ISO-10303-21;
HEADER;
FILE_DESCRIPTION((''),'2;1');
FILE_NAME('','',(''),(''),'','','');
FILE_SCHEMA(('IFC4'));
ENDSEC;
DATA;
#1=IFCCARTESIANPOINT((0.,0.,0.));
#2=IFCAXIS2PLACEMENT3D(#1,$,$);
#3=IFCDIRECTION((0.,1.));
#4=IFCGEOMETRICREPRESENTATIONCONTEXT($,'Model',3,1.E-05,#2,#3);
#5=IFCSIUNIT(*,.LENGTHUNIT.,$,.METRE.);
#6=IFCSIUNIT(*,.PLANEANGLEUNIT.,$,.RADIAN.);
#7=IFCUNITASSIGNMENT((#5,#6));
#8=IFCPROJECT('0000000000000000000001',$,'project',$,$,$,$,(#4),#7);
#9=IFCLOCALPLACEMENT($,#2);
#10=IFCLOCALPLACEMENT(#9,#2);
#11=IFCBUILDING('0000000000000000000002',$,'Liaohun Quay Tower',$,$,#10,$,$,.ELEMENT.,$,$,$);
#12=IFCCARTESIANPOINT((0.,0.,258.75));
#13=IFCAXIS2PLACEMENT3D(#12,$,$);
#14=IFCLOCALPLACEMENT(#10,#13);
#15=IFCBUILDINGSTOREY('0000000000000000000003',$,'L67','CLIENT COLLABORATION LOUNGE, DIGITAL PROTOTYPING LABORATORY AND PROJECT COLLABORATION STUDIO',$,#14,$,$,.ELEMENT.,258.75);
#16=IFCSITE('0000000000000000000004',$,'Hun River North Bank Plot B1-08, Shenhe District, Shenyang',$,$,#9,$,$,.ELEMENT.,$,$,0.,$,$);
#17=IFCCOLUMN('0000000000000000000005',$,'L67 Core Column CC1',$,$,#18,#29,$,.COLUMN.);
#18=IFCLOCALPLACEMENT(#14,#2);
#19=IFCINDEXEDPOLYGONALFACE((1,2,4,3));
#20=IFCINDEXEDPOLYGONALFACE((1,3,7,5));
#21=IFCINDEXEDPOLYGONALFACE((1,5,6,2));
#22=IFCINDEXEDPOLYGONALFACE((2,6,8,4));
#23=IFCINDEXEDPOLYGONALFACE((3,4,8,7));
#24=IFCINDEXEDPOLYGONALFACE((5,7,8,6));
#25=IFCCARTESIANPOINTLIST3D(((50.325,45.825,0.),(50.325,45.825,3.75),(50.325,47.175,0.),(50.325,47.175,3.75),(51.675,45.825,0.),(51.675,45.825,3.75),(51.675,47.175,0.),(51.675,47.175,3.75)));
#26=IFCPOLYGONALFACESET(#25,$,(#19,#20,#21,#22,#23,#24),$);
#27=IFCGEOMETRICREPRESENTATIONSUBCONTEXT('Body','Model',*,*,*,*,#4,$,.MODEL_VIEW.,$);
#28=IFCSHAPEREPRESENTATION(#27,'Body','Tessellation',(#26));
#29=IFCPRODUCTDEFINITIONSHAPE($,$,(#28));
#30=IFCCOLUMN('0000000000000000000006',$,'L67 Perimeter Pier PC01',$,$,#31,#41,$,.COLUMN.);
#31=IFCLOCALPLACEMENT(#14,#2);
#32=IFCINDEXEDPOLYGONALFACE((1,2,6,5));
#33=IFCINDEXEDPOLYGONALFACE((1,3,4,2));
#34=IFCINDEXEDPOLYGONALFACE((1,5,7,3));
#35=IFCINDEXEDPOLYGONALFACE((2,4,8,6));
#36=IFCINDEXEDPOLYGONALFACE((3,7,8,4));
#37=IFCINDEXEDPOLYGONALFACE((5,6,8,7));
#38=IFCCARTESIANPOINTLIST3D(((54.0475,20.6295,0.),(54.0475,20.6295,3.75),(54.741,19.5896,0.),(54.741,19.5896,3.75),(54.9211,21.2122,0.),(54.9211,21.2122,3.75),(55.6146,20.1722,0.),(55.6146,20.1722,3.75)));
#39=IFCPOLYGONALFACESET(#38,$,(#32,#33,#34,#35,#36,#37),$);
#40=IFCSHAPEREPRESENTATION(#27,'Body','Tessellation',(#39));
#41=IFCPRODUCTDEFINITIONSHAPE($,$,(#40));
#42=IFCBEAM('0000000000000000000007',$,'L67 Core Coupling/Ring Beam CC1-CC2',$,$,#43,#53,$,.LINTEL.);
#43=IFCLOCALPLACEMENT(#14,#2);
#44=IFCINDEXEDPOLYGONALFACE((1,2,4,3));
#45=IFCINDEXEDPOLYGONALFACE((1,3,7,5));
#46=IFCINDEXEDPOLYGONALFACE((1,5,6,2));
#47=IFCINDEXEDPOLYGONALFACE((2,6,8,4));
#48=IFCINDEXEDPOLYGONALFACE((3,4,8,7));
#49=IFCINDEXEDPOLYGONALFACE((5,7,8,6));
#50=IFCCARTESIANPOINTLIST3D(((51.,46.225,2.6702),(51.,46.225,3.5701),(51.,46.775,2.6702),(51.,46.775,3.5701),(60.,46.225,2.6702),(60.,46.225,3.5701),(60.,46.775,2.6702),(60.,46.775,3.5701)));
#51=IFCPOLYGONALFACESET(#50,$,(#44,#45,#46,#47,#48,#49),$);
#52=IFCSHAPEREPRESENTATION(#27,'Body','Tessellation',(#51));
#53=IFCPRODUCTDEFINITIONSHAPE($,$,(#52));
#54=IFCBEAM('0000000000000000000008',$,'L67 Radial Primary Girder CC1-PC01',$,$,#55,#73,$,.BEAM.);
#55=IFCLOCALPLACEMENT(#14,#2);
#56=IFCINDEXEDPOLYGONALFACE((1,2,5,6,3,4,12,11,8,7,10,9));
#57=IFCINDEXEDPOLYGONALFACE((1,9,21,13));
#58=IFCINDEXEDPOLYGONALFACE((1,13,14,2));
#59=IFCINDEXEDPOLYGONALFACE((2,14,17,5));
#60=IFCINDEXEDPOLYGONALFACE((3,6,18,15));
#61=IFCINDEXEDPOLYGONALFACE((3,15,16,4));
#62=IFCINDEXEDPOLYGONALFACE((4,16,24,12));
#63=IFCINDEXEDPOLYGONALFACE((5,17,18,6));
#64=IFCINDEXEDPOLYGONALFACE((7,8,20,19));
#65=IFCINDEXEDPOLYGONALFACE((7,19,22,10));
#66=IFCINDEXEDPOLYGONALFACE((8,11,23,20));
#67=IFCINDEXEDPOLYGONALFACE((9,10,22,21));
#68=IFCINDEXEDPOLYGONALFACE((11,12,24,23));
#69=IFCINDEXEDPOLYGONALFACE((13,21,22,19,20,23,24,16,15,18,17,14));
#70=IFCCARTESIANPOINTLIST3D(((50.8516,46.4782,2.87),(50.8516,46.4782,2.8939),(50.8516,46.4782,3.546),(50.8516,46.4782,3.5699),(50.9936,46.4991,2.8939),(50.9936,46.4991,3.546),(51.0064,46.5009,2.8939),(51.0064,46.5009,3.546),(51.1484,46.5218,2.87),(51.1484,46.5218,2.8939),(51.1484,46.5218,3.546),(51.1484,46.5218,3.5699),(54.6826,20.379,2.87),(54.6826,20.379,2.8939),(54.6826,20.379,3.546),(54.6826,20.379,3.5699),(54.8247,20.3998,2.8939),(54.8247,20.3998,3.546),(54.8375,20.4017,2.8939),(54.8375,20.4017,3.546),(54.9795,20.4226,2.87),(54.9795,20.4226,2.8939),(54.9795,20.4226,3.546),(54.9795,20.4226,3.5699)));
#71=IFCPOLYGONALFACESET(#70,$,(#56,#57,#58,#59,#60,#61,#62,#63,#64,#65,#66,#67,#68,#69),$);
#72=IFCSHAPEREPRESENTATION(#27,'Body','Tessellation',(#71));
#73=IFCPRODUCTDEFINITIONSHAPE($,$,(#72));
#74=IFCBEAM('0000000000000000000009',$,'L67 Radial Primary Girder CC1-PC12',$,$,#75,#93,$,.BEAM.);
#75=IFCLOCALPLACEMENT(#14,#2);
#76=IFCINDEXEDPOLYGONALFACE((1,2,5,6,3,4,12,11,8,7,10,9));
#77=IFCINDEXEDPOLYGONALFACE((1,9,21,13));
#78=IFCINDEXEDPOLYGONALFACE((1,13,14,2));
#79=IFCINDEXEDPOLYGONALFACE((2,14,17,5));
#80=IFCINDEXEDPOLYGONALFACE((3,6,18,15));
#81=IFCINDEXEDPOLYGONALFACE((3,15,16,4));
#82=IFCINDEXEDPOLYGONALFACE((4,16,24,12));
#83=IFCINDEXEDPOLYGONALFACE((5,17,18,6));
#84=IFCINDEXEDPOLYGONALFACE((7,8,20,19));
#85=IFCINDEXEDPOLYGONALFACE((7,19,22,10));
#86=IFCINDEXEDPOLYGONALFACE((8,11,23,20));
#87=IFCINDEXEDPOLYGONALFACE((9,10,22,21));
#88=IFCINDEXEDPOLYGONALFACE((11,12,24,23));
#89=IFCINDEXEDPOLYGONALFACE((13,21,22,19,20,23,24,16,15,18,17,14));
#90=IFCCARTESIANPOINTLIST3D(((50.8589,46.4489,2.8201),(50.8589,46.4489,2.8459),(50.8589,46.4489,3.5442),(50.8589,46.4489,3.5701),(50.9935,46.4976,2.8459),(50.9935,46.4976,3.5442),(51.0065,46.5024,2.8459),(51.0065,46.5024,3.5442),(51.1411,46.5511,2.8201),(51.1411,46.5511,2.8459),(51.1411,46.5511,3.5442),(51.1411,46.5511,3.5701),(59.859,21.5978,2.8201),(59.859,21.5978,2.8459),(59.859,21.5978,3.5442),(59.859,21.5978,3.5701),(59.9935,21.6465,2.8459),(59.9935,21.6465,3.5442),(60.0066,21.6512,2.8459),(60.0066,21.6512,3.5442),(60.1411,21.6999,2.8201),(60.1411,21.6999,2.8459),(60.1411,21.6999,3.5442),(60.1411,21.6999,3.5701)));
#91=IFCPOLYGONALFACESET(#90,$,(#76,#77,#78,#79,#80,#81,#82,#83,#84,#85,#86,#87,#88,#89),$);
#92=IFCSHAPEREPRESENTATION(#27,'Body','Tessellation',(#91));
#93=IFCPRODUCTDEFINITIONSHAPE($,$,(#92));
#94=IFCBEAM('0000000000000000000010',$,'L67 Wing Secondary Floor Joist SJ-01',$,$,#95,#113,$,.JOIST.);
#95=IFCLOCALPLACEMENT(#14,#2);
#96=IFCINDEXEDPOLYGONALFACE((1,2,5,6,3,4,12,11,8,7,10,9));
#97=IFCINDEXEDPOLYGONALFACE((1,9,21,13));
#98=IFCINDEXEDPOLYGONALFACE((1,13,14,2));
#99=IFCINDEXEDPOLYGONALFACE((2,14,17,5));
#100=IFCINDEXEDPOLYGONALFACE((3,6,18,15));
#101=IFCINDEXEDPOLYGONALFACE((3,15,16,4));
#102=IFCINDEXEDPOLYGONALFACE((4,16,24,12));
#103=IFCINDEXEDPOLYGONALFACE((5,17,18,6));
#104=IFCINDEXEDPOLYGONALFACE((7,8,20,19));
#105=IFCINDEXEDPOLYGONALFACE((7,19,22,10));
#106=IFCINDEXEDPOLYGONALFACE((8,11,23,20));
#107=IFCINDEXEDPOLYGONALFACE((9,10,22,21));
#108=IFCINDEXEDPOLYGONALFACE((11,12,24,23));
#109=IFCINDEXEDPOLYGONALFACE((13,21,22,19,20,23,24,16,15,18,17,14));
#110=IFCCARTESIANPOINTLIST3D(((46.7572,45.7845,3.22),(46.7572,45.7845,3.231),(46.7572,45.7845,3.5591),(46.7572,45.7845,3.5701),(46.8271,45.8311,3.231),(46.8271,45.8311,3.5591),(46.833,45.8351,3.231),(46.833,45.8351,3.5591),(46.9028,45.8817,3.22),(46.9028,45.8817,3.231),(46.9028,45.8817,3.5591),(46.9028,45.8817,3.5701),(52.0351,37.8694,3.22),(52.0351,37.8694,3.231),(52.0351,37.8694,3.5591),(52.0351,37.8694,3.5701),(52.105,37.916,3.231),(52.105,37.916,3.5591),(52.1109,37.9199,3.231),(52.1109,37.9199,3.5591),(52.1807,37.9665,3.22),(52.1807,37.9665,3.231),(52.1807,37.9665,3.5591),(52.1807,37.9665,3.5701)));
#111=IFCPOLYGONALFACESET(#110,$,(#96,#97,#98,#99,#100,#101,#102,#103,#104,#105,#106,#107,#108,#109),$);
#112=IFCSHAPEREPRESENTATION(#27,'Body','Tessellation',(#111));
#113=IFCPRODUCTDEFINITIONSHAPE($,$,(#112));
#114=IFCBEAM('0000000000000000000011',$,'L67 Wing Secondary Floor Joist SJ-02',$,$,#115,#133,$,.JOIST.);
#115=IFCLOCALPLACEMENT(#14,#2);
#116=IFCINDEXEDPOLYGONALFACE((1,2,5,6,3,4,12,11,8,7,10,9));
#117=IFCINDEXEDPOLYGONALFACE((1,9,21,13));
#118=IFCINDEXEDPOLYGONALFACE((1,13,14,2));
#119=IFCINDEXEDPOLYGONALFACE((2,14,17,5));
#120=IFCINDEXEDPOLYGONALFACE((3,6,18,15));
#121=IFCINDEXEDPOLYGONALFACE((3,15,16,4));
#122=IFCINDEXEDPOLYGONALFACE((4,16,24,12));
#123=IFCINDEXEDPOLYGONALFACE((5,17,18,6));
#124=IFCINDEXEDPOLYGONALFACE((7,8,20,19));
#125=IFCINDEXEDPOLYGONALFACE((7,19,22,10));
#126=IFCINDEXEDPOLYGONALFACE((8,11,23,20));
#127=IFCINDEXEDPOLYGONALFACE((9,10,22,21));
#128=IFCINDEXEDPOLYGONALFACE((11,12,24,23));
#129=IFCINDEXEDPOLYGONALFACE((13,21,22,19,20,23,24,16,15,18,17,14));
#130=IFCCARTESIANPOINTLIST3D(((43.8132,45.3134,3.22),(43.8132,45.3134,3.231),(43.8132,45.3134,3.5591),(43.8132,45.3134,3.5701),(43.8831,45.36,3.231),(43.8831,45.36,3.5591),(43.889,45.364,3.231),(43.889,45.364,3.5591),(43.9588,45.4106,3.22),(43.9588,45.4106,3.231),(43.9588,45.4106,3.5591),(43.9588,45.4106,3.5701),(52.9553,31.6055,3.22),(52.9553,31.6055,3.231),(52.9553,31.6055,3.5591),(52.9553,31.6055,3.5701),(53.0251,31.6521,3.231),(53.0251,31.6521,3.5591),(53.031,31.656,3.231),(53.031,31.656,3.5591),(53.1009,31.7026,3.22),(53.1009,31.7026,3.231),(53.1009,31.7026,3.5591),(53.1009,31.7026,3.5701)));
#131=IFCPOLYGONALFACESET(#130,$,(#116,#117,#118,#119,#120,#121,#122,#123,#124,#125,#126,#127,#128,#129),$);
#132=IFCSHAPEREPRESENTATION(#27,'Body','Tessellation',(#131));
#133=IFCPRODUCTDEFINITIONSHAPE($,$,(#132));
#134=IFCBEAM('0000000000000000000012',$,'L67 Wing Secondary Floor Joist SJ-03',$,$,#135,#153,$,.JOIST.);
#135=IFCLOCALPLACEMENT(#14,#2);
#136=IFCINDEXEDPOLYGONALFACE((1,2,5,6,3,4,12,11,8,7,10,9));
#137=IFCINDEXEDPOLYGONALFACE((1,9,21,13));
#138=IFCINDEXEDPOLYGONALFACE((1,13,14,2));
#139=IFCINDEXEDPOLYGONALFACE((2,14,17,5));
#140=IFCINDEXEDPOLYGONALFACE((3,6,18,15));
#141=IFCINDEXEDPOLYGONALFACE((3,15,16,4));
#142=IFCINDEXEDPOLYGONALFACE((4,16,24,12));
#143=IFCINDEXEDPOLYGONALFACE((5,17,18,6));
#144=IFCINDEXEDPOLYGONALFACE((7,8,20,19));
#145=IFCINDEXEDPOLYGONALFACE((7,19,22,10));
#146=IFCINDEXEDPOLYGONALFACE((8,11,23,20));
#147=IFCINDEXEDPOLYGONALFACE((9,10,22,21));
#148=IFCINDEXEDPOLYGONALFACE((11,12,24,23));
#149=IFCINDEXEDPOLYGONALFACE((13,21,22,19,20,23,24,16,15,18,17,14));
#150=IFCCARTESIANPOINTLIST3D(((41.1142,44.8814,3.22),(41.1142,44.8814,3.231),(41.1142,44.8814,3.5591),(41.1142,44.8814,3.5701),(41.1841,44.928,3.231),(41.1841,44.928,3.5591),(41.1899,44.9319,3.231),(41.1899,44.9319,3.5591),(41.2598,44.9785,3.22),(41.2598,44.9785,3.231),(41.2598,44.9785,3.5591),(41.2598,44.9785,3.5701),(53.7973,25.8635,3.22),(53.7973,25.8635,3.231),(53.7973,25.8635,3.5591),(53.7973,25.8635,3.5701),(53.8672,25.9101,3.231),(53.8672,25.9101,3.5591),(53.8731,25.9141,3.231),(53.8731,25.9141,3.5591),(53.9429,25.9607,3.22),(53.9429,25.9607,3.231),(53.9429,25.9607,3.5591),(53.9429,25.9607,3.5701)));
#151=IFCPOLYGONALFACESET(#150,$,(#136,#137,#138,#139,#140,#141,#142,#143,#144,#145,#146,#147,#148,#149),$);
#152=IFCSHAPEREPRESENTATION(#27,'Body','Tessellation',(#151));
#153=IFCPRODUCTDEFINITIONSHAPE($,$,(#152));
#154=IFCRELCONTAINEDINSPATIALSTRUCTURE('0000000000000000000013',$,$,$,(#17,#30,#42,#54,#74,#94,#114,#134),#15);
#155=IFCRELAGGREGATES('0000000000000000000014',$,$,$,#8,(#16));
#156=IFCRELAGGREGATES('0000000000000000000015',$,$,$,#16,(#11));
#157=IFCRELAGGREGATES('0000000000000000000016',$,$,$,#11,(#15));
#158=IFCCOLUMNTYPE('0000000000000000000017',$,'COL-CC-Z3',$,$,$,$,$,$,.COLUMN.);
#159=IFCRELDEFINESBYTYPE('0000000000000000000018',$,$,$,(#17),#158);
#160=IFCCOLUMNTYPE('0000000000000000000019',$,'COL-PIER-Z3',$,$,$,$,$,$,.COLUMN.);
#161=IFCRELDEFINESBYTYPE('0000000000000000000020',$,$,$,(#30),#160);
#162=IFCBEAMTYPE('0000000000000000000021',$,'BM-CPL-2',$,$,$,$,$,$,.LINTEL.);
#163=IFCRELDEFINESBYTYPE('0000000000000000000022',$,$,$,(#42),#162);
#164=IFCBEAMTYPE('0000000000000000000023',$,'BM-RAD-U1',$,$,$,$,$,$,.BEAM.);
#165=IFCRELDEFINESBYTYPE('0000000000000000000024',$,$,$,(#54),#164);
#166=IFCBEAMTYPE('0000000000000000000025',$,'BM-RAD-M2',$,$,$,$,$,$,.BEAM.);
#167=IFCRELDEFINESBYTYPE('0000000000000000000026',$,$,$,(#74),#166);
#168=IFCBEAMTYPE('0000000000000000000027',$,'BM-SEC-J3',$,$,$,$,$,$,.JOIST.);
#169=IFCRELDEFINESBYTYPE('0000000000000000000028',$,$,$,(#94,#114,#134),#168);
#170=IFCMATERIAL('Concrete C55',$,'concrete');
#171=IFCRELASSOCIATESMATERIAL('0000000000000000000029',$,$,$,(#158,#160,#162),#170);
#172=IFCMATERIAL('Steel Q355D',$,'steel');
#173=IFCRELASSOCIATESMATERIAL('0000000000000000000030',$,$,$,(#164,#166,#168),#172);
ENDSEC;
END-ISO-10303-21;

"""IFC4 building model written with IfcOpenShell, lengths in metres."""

from ifc_helpers import new_model, si_unit, direction, frame, origin, origin_2d, place, context, subcontext, project, spatial, rectangle, i_section, extrude, source, transform, mapped, material, material_profile, profile_set, type_object, element, save


model = new_model("IFC4")

# Units and contexts
model_context = context("Model", 3, precision=1e-05, world=origin(), true_north=direction((0.0, 1.0)))
body_context = subcontext(model_context, "Body", "Model", "MODEL_VIEW")
ifc_project = project(units=[si_unit("LENGTHUNIT", "METRE"), si_unit("PLANEANGLEUNIT", "RADIAN")], contexts=[model_context])

# Site, building, storey
site_placement = place(None, origin())
site = spatial("IfcSite", under=ifc_project, at=site_placement, Name="Hun River North Bank Plot B1-08, Shenhe District, Shenyang", CompositionType="ELEMENT", RefElevation=0.0)
building_placement = place(site_placement, origin())
building = spatial("IfcBuilding", under=site, at=building_placement, Name="Liaohun Quay Tower", CompositionType="ELEMENT")
storey_placement = place(building_placement, frame((0.0, 0.0, 258.75)))
storey = spatial("IfcBuildingStorey", under=building, at=storey_placement, Name="L67", Description="CLIENT COLLABORATION LOUNGE, DIGITAL PROTOTYPING LABORATORY AND PROJECT COLLABORATION STUDIO", CompositionType="ELEMENT", Elevation=258.75)

# Columns
ifc_material_1 = material(Name="Concrete C55", Category="concrete")
ifc_material_profile_1 = material_profile(ifc_material_1, rectangle(XDim=1.3501, YDim=1.3501, at=origin_2d()), Name="RC1350x1350")
ifc_profile_set_1 = profile_set([ifc_material_profile_1], Name="Concrete C55")
column_type_1 = type_object("IfcColumnType", Name="COL-CC-Z3", PredefinedType="COLUMN", material=ifc_profile_set_1)
shared_shape_1 = source(origin(), body_context, "Body", "SweptSolid", [
    extrude(rectangle(XDim=1.3501, YDim=1.3501, at=origin_2d()), origin(), (0.0, 0.0, 1.0), 3.75),
])
column_1_placement = place(storey_placement, frame((51.0, 46.5, 0.0), z_axis=(0.0, 0.0, 1.0), x_axis=(1.0, 0.0, 0.0)))
element("IfcColumn", 1, at=column_1_placement, inside=storey, type_object=column_type_1, Name="L67 Core Column CC1", PredefinedType="COLUMN", context=body_context, shape_type="MappedRepresentation", body=[
    mapped(shared_shape_1, transform((0.0, 0.0, 0.0), x_axis=(1.0, 0.0, 0.0), y_axis=(0.0, 1.0, 0.0), z_axis=(0.0, 0.0, 1.0), scale=1.0)),
])
ifc_material_profile_2 = material_profile(ifc_material_1, rectangle(XDim=1.25, YDim=1.05, at=origin_2d()), Name="RC1250x1050")
ifc_profile_set_2 = profile_set([ifc_material_profile_2], Name="Concrete C55")
column_type_2 = type_object("IfcColumnType", Name="COL-PIER-Z3", PredefinedType="COLUMN", material=ifc_profile_set_2)
shared_shape_2 = source(origin(), body_context, "Body", "SweptSolid", [
    extrude(rectangle(XDim=1.25, YDim=1.05, at=origin_2d()), origin(), (0.0, 0.0, 1.0), 3.75),
])
column_2_placement = place(storey_placement, frame((54.8311, 20.4009, 0.0), z_axis=(0.0, 0.0, 1.0), x_axis=(-0.554844, 0.831954, 0.0)))
element("IfcColumn", 2, at=column_2_placement, inside=storey, type_object=column_type_2, Name="L67 Perimeter Pier PC01", PredefinedType="COLUMN", context=body_context, shape_type="MappedRepresentation", body=[
    mapped(shared_shape_2, transform((0.0, 0.0, 0.0), x_axis=(1.0, 0.0, 0.0), y_axis=(0.0, 1.0, 0.0), z_axis=(0.0, 0.0, 1.0), scale=1.0)),
])

# Beams
ifc_material_profile_3 = material_profile(ifc_material_1, rectangle(XDim=0.55, YDim=0.8999, at=origin_2d()), Name="RC550x900")
ifc_profile_set_3 = profile_set([ifc_material_profile_3], Name="Concrete C55")
beam_type_1 = type_object("IfcBeamType", Name="BM-CPL-2", PredefinedType="LINTEL", material=ifc_profile_set_3)
shared_shape_3 = source(origin(), body_context, "Body", "SweptSolid", [
    extrude(rectangle(XDim=0.55, YDim=0.8999, at=origin_2d()), origin(), (0.0, 0.0, 1.0), 9.0),
])
beam_1_placement = place(storey_placement, frame((51.0, 46.5, 3.1201), z_axis=(1.0, 0.0, 0.0), x_axis=(0.0, 1.0, 0.0)))
element("IfcBeam", 3, at=beam_1_placement, inside=storey, type_object=beam_type_1, Name="L67 Core Coupling/Ring Beam CC1-CC2", PredefinedType="LINTEL", context=body_context, shape_type="MappedRepresentation", body=[
    mapped(shared_shape_3, transform((0.0, 0.0, 0.0), x_axis=(1.0, 0.0, 0.0), y_axis=(0.0, 1.0, 0.0), z_axis=(0.0, 0.0, 1.0), scale=1.0)),
])
ifc_material_2 = material(Name="Steel Q355D", Category="steel")
ifc_material_profile_4 = material_profile(ifc_material_2, i_section(OverallWidth=0.3, OverallDepth=0.7, WebThickness=0.0129, FlangeThickness=0.0239, at=origin_2d()), Name="HN700x300x13x24")
ifc_profile_set_4 = profile_set([ifc_material_profile_4], Name="Steel Q355D")
beam_type_2 = type_object("IfcBeamType", Name="BM-RAD-U1", PredefinedType="BEAM", material=ifc_profile_set_4)
shared_shape_4 = source(origin(), body_context, "Body", "SweptSolid", [
    extrude(i_section(OverallWidth=0.3, OverallDepth=0.7, WebThickness=0.0129, FlangeThickness=0.0239, at=origin_2d()), origin(), (0.0, 0.0, 1.0), 26.3789),
])
beam_2_placement = place(storey_placement, frame((51.0, 46.5, 3.22), z_axis=(0.145232, -0.989398, 0.0), x_axis=(0.989398, 0.145232, 0.0)))
element("IfcBeam", 4, at=beam_2_placement, inside=storey, type_object=beam_type_2, Name="L67 Radial Primary Girder CC1-PC01", PredefinedType="BEAM", context=body_context, shape_type="MappedRepresentation", body=[
    mapped(shared_shape_4, transform((0.0, 0.0, 0.0), x_axis=(1.0, 0.0, 0.0), y_axis=(0.0, 1.0, 0.0), z_axis=(0.0, 0.0, 1.0), scale=1.0)),
])
ifc_material_profile_5 = material_profile(ifc_material_2, i_section(OverallWidth=0.3, OverallDepth=0.75, WebThickness=0.0139, FlangeThickness=0.0259, at=origin_2d()), Name="HN750x300x14x26")
ifc_profile_set_5 = profile_set([ifc_material_profile_5], Name="Steel Q355D")
beam_type_3 = type_object("IfcBeamType", Name="BM-RAD-M2", PredefinedType="BEAM", material=ifc_profile_set_5)
shared_shape_5 = source(origin(), body_context, "Body", "SweptSolid", [
    extrude(i_section(OverallWidth=0.3, OverallDepth=0.75, WebThickness=0.0139, FlangeThickness=0.0259, at=origin_2d()), origin(), (0.0, 0.0, 1.0), 26.4307),
])
beam_3_placement = place(storey_placement, frame((51.0, 46.5, 3.1951), z_axis=(0.340515, -0.940239, 0.0), x_axis=(0.940239, 0.340515, 0.0)))
element("IfcBeam", 5, at=beam_3_placement, inside=storey, type_object=beam_type_3, Name="L67 Radial Primary Girder CC1-PC12", PredefinedType="BEAM", context=body_context, shape_type="MappedRepresentation", body=[
    mapped(shared_shape_5, transform((0.0, 0.0, 0.0), x_axis=(1.0, 0.0, 0.0), y_axis=(0.0, 1.0, 0.0), z_axis=(0.0, 0.0, 1.0), scale=1.0)),
])
ifc_material_profile_6 = material_profile(ifc_material_2, i_section(OverallWidth=0.175, OverallDepth=0.3501, WebThickness=0.0071, FlangeThickness=0.011, at=origin_2d()), Name="HN350x175x7x11")
ifc_profile_set_6 = profile_set([ifc_material_profile_6], Name="Steel Q355D")
beam_type_4 = type_object("IfcBeamType", Name="BM-SEC-J3", PredefinedType="JOIST", material=ifc_profile_set_6)
shared_shape_6 = source(origin(), body_context, "Body", "SweptSolid", [
    extrude(i_section(OverallWidth=0.175, OverallDepth=0.3501, WebThickness=0.0071, FlangeThickness=0.011, at=origin_2d()), origin(), (0.0, 0.0, 1.0), 9.5134),
])
beam_4_placement = place(storey_placement, frame((52.1079, 37.918, 3.395), z_axis=(-0.554783, 0.831995, 0.0), x_axis=(-0.831995, -0.554783, 0.0)))
element("IfcBeam", 6, at=beam_4_placement, inside=storey, type_object=beam_type_4, Name="L67 Wing Secondary Floor Joist SJ-01", PredefinedType="JOIST", context=body_context, shape_type="MappedRepresentation", body=[
    mapped(shared_shape_6, transform((0.0, 0.0, 0.0), x_axis=(1.0, 0.0, 0.0), y_axis=(0.0, 1.0, 0.0), z_axis=(0.0, 0.0, 1.0), scale=1.0)),
])
shared_shape_7 = source(origin(), body_context, "Body", "SweptSolid", [
    extrude(i_section(OverallWidth=0.175, OverallDepth=0.3501, WebThickness=0.0071, FlangeThickness=0.011, at=origin_2d()), origin(), (0.0, 0.0, 1.0), 16.4768),
])
beam_5_placement = place(storey_placement, frame((53.0281, 31.6541, 3.395), z_axis=(-0.554844, 0.831955, 0.0), x_axis=(-0.831955, -0.554844, 0.0)))
element("IfcBeam", 7, at=beam_5_placement, inside=storey, type_object=beam_type_4, Name="L67 Wing Secondary Floor Joist SJ-02", PredefinedType="JOIST", context=body_context, shape_type="MappedRepresentation", body=[
    mapped(shared_shape_7, transform((0.0, 0.0, 0.0), x_axis=(1.0, 0.0, 0.0), y_axis=(0.0, 1.0, 0.0), z_axis=(0.0, 0.0, 1.0), scale=1.0)),
])
shared_shape_8 = source(origin(), body_context, "Body", "SweptSolid", [
    extrude(i_section(OverallWidth=0.175, OverallDepth=0.3501, WebThickness=0.0071, FlangeThickness=0.011, at=origin_2d()), origin(), (0.0, 0.0, 1.0), 22.8591),
])
beam_6_placement = place(storey_placement, frame((53.8701, 25.9121, 3.395), z_axis=(-0.554838, 0.831958, 0.0), x_axis=(-0.831958, -0.554838, 0.0)))
element("IfcBeam", 8, at=beam_6_placement, inside=storey, type_object=beam_type_4, Name="L67 Wing Secondary Floor Joist SJ-03", PredefinedType="JOIST", context=body_context, shape_type="MappedRepresentation", body=[
    mapped(shared_shape_8, transform((0.0, 0.0, 0.0), x_axis=(1.0, 0.0, 0.0), y_axis=(0.0, 1.0, 0.0), z_axis=(0.0, 0.0, 1.0), scale=1.0)),
])

save(model, "model.ifc")
